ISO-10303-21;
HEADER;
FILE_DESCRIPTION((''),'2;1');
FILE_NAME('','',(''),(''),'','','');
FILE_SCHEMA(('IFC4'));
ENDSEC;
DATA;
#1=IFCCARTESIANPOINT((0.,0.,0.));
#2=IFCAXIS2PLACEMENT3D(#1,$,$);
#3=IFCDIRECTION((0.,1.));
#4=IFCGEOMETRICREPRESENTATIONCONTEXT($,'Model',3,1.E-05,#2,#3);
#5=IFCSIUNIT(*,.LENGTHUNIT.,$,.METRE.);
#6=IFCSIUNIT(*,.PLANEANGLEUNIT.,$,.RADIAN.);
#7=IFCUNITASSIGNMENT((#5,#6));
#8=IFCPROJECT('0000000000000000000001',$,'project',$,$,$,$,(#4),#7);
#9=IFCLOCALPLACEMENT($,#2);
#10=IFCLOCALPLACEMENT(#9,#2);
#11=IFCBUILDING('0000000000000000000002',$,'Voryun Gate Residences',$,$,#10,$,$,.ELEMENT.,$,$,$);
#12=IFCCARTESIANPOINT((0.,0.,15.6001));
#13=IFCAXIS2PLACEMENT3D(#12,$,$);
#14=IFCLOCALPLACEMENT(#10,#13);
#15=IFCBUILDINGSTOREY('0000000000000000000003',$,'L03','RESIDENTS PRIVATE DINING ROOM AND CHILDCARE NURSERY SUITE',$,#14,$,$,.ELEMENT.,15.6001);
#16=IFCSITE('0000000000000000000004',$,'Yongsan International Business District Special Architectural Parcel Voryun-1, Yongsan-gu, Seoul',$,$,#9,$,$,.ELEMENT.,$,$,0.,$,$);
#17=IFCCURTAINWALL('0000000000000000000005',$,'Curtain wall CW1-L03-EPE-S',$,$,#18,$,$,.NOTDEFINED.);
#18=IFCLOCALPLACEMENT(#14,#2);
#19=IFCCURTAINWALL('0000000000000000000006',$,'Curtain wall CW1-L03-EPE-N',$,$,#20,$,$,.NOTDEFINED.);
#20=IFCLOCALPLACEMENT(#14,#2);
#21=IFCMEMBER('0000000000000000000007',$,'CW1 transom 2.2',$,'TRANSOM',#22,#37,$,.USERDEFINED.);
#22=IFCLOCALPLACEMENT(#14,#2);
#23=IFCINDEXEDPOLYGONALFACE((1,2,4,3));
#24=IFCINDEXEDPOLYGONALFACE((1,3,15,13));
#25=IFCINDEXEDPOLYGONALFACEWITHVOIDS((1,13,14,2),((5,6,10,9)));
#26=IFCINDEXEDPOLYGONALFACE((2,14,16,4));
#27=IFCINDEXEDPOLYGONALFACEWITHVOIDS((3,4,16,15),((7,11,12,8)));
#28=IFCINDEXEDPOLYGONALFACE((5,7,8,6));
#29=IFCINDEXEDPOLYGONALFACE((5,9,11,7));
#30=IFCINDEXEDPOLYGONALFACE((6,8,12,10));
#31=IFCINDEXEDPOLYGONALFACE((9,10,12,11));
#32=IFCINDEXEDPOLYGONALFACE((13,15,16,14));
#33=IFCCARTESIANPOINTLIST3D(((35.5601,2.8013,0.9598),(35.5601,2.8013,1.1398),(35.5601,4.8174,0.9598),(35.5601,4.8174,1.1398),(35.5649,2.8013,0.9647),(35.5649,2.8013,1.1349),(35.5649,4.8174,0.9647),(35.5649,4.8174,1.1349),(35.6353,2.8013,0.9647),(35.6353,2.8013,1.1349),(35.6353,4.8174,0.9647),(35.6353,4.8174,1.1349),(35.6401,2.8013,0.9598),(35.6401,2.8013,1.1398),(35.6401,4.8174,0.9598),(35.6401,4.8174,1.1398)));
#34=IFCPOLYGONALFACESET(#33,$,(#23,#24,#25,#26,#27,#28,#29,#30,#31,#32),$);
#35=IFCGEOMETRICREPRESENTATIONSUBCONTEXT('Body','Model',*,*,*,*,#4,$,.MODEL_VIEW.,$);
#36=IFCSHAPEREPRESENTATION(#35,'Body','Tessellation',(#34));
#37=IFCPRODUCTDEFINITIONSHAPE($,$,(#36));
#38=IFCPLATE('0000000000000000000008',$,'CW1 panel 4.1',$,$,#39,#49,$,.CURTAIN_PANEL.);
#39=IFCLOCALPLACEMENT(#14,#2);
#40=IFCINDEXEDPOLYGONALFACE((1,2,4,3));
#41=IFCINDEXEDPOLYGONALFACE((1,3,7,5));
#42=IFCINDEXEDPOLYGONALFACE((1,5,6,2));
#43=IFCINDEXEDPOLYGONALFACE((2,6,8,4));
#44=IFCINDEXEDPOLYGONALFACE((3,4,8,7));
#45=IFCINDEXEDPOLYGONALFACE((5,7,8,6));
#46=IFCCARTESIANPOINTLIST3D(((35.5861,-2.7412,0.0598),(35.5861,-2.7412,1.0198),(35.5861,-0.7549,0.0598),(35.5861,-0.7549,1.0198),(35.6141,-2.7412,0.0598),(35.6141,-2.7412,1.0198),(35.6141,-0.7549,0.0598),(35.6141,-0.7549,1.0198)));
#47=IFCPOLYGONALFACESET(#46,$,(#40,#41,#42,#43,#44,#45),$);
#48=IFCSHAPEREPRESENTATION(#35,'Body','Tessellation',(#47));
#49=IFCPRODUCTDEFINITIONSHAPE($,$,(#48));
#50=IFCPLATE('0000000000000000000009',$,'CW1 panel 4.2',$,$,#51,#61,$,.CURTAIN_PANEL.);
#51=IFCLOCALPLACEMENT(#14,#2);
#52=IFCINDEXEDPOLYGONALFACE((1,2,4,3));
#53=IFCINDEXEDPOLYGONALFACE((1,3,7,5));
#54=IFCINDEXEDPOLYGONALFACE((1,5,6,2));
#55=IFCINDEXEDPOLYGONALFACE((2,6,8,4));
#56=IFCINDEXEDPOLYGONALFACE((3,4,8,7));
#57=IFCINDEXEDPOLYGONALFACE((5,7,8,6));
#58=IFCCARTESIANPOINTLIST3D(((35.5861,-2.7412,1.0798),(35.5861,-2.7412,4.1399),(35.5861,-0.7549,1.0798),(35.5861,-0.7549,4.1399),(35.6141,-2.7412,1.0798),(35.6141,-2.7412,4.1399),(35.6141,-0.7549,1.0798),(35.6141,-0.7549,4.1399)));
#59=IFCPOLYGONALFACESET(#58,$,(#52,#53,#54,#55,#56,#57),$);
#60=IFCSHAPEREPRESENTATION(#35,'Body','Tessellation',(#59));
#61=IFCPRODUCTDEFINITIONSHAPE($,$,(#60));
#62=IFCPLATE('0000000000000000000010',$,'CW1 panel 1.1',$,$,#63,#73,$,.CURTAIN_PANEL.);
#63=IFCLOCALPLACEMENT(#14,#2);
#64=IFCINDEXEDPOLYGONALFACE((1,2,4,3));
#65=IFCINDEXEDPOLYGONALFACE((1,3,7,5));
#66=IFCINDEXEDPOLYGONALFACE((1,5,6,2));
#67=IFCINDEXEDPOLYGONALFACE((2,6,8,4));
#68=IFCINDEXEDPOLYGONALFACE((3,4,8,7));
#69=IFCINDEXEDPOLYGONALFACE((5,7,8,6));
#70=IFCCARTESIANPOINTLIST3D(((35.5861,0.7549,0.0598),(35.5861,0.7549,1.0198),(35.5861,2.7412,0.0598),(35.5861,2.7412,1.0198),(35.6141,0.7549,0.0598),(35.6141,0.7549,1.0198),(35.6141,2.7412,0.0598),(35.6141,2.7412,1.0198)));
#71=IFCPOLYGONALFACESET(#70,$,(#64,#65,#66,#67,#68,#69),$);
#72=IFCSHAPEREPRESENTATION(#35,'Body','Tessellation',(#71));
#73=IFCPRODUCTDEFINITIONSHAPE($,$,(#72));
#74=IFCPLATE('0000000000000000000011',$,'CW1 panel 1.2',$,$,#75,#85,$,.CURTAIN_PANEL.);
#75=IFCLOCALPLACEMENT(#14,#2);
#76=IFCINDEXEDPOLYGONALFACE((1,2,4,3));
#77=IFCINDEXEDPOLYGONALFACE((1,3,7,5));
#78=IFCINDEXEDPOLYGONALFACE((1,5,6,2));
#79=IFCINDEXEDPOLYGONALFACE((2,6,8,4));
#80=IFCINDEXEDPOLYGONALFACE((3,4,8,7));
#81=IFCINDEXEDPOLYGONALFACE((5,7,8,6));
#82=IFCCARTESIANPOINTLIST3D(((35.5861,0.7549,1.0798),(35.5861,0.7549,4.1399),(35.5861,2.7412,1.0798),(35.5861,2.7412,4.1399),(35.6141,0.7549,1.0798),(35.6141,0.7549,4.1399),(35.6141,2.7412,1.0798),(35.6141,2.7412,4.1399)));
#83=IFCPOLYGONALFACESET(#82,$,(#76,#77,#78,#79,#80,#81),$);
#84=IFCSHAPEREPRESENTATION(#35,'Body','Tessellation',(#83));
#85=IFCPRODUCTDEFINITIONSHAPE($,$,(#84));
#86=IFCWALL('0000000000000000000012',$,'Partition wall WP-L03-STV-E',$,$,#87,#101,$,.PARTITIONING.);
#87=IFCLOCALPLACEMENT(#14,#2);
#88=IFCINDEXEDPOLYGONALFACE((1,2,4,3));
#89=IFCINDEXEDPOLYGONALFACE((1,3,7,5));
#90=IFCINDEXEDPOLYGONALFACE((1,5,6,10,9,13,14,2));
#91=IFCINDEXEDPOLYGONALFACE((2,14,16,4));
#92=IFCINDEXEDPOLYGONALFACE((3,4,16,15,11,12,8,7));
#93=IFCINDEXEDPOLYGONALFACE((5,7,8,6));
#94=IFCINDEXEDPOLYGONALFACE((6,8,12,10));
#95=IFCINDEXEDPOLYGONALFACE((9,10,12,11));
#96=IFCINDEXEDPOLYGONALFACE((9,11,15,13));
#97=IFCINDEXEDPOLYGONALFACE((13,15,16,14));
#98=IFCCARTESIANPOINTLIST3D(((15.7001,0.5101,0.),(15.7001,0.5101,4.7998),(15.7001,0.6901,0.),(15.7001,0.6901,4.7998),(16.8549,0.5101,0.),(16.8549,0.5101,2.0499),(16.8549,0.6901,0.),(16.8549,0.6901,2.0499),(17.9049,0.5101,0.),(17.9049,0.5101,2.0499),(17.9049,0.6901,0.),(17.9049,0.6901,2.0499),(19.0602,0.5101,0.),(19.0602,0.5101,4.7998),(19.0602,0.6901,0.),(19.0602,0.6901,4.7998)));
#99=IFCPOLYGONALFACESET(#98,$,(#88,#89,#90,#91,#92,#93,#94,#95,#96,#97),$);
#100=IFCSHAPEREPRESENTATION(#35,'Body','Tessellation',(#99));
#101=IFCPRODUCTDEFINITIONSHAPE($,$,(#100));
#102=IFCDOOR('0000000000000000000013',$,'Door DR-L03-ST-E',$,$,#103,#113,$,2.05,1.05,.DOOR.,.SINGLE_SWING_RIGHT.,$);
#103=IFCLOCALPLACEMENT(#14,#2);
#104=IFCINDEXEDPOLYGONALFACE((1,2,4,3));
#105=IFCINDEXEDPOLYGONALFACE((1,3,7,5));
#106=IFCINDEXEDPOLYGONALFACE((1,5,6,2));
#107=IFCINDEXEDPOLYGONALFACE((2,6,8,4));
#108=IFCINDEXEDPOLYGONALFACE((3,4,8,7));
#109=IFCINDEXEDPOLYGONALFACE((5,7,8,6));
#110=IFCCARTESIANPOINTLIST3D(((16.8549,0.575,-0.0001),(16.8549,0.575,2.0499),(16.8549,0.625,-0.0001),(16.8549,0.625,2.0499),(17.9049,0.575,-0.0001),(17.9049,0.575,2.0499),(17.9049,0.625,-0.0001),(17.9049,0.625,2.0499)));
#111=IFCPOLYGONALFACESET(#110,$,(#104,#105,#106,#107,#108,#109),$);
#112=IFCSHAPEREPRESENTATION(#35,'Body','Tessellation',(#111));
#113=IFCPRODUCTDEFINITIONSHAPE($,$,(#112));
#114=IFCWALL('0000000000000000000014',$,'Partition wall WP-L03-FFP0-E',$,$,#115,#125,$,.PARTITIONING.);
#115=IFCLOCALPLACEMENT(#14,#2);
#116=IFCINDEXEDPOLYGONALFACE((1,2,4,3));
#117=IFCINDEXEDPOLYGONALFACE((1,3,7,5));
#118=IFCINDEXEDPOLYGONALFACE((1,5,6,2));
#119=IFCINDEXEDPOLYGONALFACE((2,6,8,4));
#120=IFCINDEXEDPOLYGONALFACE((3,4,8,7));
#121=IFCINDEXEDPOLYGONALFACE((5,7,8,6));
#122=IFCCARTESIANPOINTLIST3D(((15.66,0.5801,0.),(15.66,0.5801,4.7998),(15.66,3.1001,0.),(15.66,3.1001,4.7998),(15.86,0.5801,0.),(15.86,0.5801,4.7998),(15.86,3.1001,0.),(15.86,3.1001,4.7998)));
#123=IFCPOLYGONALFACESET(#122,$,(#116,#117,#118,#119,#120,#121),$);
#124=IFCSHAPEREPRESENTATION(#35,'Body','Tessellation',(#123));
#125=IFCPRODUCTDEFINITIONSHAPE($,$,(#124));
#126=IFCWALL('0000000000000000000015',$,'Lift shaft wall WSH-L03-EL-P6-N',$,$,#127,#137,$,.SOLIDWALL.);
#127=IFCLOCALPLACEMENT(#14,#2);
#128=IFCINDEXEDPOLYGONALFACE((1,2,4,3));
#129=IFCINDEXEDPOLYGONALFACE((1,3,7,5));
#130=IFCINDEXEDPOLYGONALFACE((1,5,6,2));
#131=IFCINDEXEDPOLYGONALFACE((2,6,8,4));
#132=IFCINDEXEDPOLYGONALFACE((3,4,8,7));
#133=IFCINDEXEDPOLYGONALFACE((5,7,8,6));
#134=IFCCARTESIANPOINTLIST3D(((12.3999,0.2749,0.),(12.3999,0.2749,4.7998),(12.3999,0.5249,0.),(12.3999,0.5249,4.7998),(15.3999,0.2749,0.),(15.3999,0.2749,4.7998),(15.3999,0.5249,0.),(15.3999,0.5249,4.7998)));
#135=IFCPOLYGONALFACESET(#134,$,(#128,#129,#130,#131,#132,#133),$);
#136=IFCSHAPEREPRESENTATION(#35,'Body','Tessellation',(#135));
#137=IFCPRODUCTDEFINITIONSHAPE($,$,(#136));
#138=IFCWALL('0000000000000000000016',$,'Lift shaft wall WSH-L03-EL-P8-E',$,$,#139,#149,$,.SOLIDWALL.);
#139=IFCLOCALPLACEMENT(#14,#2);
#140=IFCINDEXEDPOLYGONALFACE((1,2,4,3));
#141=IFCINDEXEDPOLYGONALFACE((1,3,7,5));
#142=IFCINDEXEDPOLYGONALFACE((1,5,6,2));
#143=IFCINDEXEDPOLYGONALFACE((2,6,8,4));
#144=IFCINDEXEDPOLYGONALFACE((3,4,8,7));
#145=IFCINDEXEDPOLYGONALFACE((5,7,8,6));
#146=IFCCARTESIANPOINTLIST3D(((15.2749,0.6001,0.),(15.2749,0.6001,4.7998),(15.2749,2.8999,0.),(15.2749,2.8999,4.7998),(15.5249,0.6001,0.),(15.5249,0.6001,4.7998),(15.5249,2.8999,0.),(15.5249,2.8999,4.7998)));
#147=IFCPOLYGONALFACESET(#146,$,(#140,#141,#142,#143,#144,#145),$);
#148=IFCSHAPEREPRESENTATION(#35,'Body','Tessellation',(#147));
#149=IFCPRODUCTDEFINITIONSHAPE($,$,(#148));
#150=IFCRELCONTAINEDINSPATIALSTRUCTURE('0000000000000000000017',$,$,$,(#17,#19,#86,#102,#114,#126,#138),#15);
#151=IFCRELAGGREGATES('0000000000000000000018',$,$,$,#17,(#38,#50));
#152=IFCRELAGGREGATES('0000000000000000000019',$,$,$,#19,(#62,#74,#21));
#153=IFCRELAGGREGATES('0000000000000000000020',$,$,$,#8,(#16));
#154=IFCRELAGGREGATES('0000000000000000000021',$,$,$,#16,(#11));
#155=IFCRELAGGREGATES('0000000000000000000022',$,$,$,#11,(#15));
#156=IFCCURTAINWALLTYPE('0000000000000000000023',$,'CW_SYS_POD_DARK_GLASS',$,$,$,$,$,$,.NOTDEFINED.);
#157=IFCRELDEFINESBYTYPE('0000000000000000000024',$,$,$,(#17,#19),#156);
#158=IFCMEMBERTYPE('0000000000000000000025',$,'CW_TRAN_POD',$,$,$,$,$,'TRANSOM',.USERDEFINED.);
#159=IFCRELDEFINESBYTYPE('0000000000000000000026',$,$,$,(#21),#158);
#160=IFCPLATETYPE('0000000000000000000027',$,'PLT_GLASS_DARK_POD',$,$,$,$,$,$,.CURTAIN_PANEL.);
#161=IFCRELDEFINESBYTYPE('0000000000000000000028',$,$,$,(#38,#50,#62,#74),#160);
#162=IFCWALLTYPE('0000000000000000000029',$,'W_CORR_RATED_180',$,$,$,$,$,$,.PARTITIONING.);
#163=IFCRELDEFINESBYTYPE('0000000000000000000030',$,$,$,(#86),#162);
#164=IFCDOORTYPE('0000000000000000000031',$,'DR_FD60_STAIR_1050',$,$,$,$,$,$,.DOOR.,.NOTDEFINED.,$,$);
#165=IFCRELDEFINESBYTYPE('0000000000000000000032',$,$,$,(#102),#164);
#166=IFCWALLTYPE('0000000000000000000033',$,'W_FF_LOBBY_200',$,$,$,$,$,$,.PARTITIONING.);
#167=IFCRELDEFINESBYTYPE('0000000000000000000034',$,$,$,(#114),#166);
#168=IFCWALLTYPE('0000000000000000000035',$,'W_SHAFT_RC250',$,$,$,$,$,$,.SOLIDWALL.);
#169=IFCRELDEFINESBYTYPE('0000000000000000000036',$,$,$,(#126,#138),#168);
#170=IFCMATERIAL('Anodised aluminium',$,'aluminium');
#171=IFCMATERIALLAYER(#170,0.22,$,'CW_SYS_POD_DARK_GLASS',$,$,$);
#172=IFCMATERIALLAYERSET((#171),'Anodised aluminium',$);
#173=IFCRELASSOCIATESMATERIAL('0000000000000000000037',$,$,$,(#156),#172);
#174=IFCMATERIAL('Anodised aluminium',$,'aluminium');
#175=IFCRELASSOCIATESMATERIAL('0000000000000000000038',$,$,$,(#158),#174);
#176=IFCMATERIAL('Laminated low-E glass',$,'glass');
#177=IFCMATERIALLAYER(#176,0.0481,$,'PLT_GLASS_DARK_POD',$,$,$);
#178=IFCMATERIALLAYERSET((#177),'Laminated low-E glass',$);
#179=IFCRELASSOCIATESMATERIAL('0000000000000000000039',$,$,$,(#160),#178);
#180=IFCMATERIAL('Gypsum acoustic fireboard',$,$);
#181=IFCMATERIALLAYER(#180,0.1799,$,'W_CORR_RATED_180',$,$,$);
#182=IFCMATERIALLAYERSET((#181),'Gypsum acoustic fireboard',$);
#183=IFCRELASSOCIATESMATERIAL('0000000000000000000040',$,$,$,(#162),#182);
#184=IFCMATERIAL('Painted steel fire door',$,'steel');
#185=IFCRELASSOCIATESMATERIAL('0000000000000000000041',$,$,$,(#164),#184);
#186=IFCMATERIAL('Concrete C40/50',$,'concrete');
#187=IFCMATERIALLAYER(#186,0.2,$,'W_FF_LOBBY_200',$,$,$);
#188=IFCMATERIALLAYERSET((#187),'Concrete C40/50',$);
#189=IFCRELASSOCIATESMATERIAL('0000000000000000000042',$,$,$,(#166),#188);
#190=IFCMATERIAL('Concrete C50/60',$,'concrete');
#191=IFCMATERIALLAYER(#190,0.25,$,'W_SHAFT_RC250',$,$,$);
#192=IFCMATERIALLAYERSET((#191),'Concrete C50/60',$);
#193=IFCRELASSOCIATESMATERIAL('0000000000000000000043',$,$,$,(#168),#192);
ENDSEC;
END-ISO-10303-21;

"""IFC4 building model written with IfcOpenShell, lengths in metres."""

from ifc_helpers import new_model, si_unit, direction, frame, frame_2d, origin, origin_2d, place, context, subcontext, project, spatial, rectangle, hollow_rectangle, extrude, material, layer, layer_set, material_profile, profile_set, type_object, element, fill, aggregate, save


model = new_model("IFC4")

# Units and contexts
model_context = context("Model", 3, precision=1e-05, world=origin(), true_north=direction((0.0, 1.0)))
body_context = subcontext(model_context, "Body", "Model", "MODEL_VIEW")
ifc_project = project(units=[si_unit("LENGTHUNIT", "METRE"), si_unit("PLANEANGLEUNIT", "RADIAN")], contexts=[model_context])

# Site, building, storey
site_placement = place(None, origin())
site = spatial("IfcSite", under=ifc_project, at=site_placement, Name="Yongsan International Business District Special Architectural Parcel Voryun-1, Yongsan-gu, Seoul", CompositionType="ELEMENT", RefElevation=0.0)
building_placement = place(site_placement, origin())
building = spatial("IfcBuilding", under=site, at=building_placement, Name="Voryun Gate Residences", CompositionType="ELEMENT")
storey_placement = place(building_placement, frame((0.0, 0.0, 15.6001)))
storey = spatial("IfcBuildingStorey", under=building, at=storey_placement, Name="L03", Description="RESIDENTS PRIVATE DINING ROOM AND CHILDCARE NURSERY SUITE", CompositionType="ELEMENT", Elevation=15.6001)

# Curtain wall
ifc_material_1 = material(Name="Anodised aluminium", Category="aluminium")
ifc_layer_1 = layer(ifc_material_1, 0.22, Name="CW_SYS_POD_DARK_GLASS")
ifc_layer_set_1 = layer_set([ifc_layer_1], Name="Anodised aluminium")
curtain_wall_type = type_object("IfcCurtainWallType", Name="CW_SYS_POD_DARK_GLASS", PredefinedType="NOTDEFINED", material=ifc_layer_set_1)
curtain_wall_1_placement = place(storey_placement, origin())
curtain_wall_1 = element("IfcCurtainWall", 1, at=curtain_wall_1_placement, inside=storey, type_object=curtain_wall_type, Name="Curtain wall CW1-L03-EPE-S", PredefinedType="NOTDEFINED")

# Curtain wall
curtain_wall_2_placement = place(storey_placement, origin())
curtain_wall_2 = element("IfcCurtainWall", 2, at=curtain_wall_2_placement, inside=storey, type_object=curtain_wall_type, Name="Curtain wall CW1-L03-EPE-N", PredefinedType="NOTDEFINED")

# Member
ifc_material_2 = material(Name="Anodised aluminium", Category="aluminium")
ifc_material_profile_1 = material_profile(ifc_material_2, hollow_rectangle(XDim=0.0801, YDim=0.1799, WallThickness=0.0049, at=origin_2d()), Name="ALU-TRAN-180x80x5")
ifc_profile_set_1 = profile_set([ifc_material_profile_1], Name="Anodised aluminium")
member_type_1 = type_object("IfcMemberType", Name="CW_TRAN_POD", ElementType="TRANSOM", PredefinedType="USERDEFINED", material=ifc_profile_set_1)
member_1_placement = place(storey_placement, frame((35.6001, 2.8013, 1.0498), z_axis=(0.0, 1.0, 0.0), x_axis=(-1.0, 0.0, 0.0)))
member_1 = element("IfcMember", 3, at=member_1_placement, type_object=member_type_1, Name="CW1 transom 2.2", ObjectType="TRANSOM", PredefinedType="USERDEFINED", context=body_context, shape_type="SweptSolid", body=[
    extrude(hollow_rectangle(XDim=0.0801, YDim=0.1799, WallThickness=0.0049, at=origin_2d()), origin(), (0.0, 0.0, 1.0), 2.0161),
])

# Plates
ifc_material_3 = material(Name="Laminated low-E glass", Category="glass")
ifc_layer_2 = layer(ifc_material_3, 0.0481, Name="PLT_GLASS_DARK_POD")
ifc_layer_set_2 = layer_set([ifc_layer_2], Name="Laminated low-E glass")
plate_type = type_object("IfcPlateType", Name="PLT_GLASS_DARK_POD", PredefinedType="CURTAIN_PANEL", material=ifc_layer_set_2)
plate_1_placement = place(storey_placement, frame((35.6001, -1.748, 0.0598), z_axis=(0.0, 0.0, 1.0), x_axis=(0.0, 1.0, 0.0)))
plate_1 = element("IfcPlate", 4, at=plate_1_placement, type_object=plate_type, Name="CW1 panel 4.1", PredefinedType="CURTAIN_PANEL", context=body_context, shape_type="SweptSolid", body=[
    extrude(rectangle(XDim=1.9863, YDim=0.0281, at=origin_2d()), origin(), (0.0, 0.0, 1.0), 0.96),
])
plate_2_placement = place(storey_placement, frame((35.6001, -1.748, 1.0798), z_axis=(0.0, 0.0, 1.0), x_axis=(0.0, 1.0, 0.0)))
plate_2 = element("IfcPlate", 5, at=plate_2_placement, type_object=plate_type, Name="CW1 panel 4.2", PredefinedType="CURTAIN_PANEL", context=body_context, shape_type="SweptSolid", body=[
    extrude(rectangle(XDim=1.9863, YDim=0.0281, at=origin_2d()), origin(), (0.0, 0.0, 1.0), 3.0601),
])
aggregate(curtain_wall_1, [plate_1, plate_2])
plate_3_placement = place(storey_placement, frame((35.6001, 1.748, 0.0598), z_axis=(0.0, 0.0, 1.0), x_axis=(0.0, 1.0, 0.0)))
plate_3 = element("IfcPlate", 6, at=plate_3_placement, type_object=plate_type, Name="CW1 panel 1.1", PredefinedType="CURTAIN_PANEL", context=body_context, shape_type="SweptSolid", body=[
    extrude(rectangle(XDim=1.9863, YDim=0.0281, at=origin_2d()), origin(), (0.0, 0.0, 1.0), 0.96),
])
plate_4_placement = place(storey_placement, frame((35.6001, 1.748, 1.0798), z_axis=(0.0, 0.0, 1.0), x_axis=(0.0, 1.0, 0.0)))
plate_4 = element("IfcPlate", 7, at=plate_4_placement, type_object=plate_type, Name="CW1 panel 1.2", PredefinedType="CURTAIN_PANEL", context=body_context, shape_type="SweptSolid", body=[
    extrude(rectangle(XDim=1.9863, YDim=0.0281, at=origin_2d()), origin(), (0.0, 0.0, 1.0), 3.0601),
])
aggregate(curtain_wall_2, [plate_3, plate_4, member_1])

# Wall, opening, door
ifc_material_4 = material(Name="Gypsum acoustic fireboard")
ifc_layer_3 = layer(ifc_material_4, 0.1799, Name="W_CORR_RATED_180")
ifc_layer_set_3 = layer_set([ifc_layer_3], Name="Gypsum acoustic fireboard")
wall_type_1 = type_object("IfcWallType", Name="W_CORR_RATED_180", PredefinedType="PARTITIONING", material=ifc_layer_set_3)
wall_1_placement = place(storey_placement, frame((15.7, 0.6001, 0.0), z_axis=(0.0, 0.0, 1.0), x_axis=(1.0, 0.0, 0.0)))
wall_1 = element("IfcWall", 8, at=wall_1_placement, inside=storey, type_object=wall_type_1, Name="Partition wall WP-L03-STV-E", PredefinedType="PARTITIONING", context=body_context, shape_type="SweptSolid", body=[
    extrude(rectangle(XDim=3.3601, YDim=0.1799, at=frame_2d((1.6802, 0.0))), origin(), (0.0, 0.0, 1.0), 4.7998),
])
opening_placement = place(wall_1_placement, frame((1.155, 0.0, 0.0)))
opening = element("IfcOpeningElement", 9, at=opening_placement, cuts=wall_1, PredefinedType="OPENING", context=body_context, shape_type="SweptSolid", body=[
    extrude(rectangle(XDim=1.05, YDim=2.05, at=frame_2d((0.5249, 1.0249))), frame((0.0, 0.0999, 0.0), z_axis=(0.0, -1.0, 0.0), x_axis=(1.0, 0.0, 0.0)), (0.0, 0.0, 1.0), 0.2),
])
ifc_material_5 = material(Name="Painted steel fire door", Category="steel")
door_type = type_object("IfcDoorType", Name="DR_FD60_STAIR_1050", OperationType="NOTDEFINED", PredefinedType="DOOR", material=ifc_material_5)
door_placement = place(opening_placement, origin())
door = element("IfcDoor", 10, at=door_placement, inside=storey, type_object=door_type, Name="Door DR-L03-ST-E", OperationType="SINGLE_SWING_RIGHT", OverallHeight=2.05, OverallWidth=1.05, PredefinedType="DOOR", context=body_context, shape_type="SweptSolid", body=[
    extrude(rectangle(XDim=1.05, YDim=2.05, at=frame_2d((0.5249, 1.0249))), frame((0.0, 0.0249, 0.0), z_axis=(0.0, -1.0, 0.0), x_axis=(1.0, 0.0, 0.0)), (0.0, 0.0, 1.0), 0.05),
])
fill(opening, door)

# Walls
ifc_material_6 = material(Name="Concrete C40/50", Category="concrete")
ifc_layer_4 = layer(ifc_material_6, 0.2, Name="W_FF_LOBBY_200")
ifc_layer_set_4 = layer_set([ifc_layer_4], Name="Concrete C40/50")
wall_type_2 = type_object("IfcWallType", Name="W_FF_LOBBY_200", PredefinedType="PARTITIONING", material=ifc_layer_set_4)
wall_2_placement = place(storey_placement, frame((15.76, 0.5801, 0.0), z_axis=(0.0, 0.0, 1.0), x_axis=(0.0, 1.0, 0.0)))
element("IfcWall", 11, at=wall_2_placement, inside=storey, type_object=wall_type_2, Name="Partition wall WP-L03-FFP0-E", PredefinedType="PARTITIONING", context=body_context, shape_type="SweptSolid", body=[
    extrude(rectangle(XDim=2.52, YDim=0.2, at=frame_2d((1.26, 0.0))), origin(), (0.0, 0.0, 1.0), 4.7998),
])
ifc_material_7 = material(Name="Concrete C50/60", Category="concrete")
ifc_layer_5 = layer(ifc_material_7, 0.25, Name="W_SHAFT_RC250")
ifc_layer_set_5 = layer_set([ifc_layer_5], Name="Concrete C50/60")
wall_type_3 = type_object("IfcWallType", Name="W_SHAFT_RC250", PredefinedType="SOLIDWALL", material=ifc_layer_set_5)
wall_3_placement = place(storey_placement, frame((15.3999, 0.3999, 0.0), z_axis=(0.0, 0.0, 1.0), x_axis=(-1.0, 0.0, 0.0)))
element("IfcWall", 12, at=wall_3_placement, inside=storey, type_object=wall_type_3, Name="Lift shaft wall WSH-L03-EL-P6-N", PredefinedType="SOLIDWALL", context=body_context, shape_type="SweptSolid", body=[
    extrude(rectangle(XDim=3.0, YDim=0.25, at=frame_2d((1.5, 0.0))), origin(), (0.0, 0.0, 1.0), 4.7998),
])
wall_4_placement = place(storey_placement, frame((15.3999, 0.6001, 0.0), z_axis=(0.0, 0.0, 1.0), x_axis=(0.0, 1.0, 0.0)))
element("IfcWall", 13, at=wall_4_placement, inside=storey, type_object=wall_type_3, Name="Lift shaft wall WSH-L03-EL-P8-E", PredefinedType="SOLIDWALL", context=body_context, shape_type="SweptSolid", body=[
    extrude(rectangle(XDim=2.2998, YDim=0.25, at=frame_2d((1.1499, 0.0))), origin(), (0.0, 0.0, 1.0), 4.7998),
])

save(model, "model.ifc")
